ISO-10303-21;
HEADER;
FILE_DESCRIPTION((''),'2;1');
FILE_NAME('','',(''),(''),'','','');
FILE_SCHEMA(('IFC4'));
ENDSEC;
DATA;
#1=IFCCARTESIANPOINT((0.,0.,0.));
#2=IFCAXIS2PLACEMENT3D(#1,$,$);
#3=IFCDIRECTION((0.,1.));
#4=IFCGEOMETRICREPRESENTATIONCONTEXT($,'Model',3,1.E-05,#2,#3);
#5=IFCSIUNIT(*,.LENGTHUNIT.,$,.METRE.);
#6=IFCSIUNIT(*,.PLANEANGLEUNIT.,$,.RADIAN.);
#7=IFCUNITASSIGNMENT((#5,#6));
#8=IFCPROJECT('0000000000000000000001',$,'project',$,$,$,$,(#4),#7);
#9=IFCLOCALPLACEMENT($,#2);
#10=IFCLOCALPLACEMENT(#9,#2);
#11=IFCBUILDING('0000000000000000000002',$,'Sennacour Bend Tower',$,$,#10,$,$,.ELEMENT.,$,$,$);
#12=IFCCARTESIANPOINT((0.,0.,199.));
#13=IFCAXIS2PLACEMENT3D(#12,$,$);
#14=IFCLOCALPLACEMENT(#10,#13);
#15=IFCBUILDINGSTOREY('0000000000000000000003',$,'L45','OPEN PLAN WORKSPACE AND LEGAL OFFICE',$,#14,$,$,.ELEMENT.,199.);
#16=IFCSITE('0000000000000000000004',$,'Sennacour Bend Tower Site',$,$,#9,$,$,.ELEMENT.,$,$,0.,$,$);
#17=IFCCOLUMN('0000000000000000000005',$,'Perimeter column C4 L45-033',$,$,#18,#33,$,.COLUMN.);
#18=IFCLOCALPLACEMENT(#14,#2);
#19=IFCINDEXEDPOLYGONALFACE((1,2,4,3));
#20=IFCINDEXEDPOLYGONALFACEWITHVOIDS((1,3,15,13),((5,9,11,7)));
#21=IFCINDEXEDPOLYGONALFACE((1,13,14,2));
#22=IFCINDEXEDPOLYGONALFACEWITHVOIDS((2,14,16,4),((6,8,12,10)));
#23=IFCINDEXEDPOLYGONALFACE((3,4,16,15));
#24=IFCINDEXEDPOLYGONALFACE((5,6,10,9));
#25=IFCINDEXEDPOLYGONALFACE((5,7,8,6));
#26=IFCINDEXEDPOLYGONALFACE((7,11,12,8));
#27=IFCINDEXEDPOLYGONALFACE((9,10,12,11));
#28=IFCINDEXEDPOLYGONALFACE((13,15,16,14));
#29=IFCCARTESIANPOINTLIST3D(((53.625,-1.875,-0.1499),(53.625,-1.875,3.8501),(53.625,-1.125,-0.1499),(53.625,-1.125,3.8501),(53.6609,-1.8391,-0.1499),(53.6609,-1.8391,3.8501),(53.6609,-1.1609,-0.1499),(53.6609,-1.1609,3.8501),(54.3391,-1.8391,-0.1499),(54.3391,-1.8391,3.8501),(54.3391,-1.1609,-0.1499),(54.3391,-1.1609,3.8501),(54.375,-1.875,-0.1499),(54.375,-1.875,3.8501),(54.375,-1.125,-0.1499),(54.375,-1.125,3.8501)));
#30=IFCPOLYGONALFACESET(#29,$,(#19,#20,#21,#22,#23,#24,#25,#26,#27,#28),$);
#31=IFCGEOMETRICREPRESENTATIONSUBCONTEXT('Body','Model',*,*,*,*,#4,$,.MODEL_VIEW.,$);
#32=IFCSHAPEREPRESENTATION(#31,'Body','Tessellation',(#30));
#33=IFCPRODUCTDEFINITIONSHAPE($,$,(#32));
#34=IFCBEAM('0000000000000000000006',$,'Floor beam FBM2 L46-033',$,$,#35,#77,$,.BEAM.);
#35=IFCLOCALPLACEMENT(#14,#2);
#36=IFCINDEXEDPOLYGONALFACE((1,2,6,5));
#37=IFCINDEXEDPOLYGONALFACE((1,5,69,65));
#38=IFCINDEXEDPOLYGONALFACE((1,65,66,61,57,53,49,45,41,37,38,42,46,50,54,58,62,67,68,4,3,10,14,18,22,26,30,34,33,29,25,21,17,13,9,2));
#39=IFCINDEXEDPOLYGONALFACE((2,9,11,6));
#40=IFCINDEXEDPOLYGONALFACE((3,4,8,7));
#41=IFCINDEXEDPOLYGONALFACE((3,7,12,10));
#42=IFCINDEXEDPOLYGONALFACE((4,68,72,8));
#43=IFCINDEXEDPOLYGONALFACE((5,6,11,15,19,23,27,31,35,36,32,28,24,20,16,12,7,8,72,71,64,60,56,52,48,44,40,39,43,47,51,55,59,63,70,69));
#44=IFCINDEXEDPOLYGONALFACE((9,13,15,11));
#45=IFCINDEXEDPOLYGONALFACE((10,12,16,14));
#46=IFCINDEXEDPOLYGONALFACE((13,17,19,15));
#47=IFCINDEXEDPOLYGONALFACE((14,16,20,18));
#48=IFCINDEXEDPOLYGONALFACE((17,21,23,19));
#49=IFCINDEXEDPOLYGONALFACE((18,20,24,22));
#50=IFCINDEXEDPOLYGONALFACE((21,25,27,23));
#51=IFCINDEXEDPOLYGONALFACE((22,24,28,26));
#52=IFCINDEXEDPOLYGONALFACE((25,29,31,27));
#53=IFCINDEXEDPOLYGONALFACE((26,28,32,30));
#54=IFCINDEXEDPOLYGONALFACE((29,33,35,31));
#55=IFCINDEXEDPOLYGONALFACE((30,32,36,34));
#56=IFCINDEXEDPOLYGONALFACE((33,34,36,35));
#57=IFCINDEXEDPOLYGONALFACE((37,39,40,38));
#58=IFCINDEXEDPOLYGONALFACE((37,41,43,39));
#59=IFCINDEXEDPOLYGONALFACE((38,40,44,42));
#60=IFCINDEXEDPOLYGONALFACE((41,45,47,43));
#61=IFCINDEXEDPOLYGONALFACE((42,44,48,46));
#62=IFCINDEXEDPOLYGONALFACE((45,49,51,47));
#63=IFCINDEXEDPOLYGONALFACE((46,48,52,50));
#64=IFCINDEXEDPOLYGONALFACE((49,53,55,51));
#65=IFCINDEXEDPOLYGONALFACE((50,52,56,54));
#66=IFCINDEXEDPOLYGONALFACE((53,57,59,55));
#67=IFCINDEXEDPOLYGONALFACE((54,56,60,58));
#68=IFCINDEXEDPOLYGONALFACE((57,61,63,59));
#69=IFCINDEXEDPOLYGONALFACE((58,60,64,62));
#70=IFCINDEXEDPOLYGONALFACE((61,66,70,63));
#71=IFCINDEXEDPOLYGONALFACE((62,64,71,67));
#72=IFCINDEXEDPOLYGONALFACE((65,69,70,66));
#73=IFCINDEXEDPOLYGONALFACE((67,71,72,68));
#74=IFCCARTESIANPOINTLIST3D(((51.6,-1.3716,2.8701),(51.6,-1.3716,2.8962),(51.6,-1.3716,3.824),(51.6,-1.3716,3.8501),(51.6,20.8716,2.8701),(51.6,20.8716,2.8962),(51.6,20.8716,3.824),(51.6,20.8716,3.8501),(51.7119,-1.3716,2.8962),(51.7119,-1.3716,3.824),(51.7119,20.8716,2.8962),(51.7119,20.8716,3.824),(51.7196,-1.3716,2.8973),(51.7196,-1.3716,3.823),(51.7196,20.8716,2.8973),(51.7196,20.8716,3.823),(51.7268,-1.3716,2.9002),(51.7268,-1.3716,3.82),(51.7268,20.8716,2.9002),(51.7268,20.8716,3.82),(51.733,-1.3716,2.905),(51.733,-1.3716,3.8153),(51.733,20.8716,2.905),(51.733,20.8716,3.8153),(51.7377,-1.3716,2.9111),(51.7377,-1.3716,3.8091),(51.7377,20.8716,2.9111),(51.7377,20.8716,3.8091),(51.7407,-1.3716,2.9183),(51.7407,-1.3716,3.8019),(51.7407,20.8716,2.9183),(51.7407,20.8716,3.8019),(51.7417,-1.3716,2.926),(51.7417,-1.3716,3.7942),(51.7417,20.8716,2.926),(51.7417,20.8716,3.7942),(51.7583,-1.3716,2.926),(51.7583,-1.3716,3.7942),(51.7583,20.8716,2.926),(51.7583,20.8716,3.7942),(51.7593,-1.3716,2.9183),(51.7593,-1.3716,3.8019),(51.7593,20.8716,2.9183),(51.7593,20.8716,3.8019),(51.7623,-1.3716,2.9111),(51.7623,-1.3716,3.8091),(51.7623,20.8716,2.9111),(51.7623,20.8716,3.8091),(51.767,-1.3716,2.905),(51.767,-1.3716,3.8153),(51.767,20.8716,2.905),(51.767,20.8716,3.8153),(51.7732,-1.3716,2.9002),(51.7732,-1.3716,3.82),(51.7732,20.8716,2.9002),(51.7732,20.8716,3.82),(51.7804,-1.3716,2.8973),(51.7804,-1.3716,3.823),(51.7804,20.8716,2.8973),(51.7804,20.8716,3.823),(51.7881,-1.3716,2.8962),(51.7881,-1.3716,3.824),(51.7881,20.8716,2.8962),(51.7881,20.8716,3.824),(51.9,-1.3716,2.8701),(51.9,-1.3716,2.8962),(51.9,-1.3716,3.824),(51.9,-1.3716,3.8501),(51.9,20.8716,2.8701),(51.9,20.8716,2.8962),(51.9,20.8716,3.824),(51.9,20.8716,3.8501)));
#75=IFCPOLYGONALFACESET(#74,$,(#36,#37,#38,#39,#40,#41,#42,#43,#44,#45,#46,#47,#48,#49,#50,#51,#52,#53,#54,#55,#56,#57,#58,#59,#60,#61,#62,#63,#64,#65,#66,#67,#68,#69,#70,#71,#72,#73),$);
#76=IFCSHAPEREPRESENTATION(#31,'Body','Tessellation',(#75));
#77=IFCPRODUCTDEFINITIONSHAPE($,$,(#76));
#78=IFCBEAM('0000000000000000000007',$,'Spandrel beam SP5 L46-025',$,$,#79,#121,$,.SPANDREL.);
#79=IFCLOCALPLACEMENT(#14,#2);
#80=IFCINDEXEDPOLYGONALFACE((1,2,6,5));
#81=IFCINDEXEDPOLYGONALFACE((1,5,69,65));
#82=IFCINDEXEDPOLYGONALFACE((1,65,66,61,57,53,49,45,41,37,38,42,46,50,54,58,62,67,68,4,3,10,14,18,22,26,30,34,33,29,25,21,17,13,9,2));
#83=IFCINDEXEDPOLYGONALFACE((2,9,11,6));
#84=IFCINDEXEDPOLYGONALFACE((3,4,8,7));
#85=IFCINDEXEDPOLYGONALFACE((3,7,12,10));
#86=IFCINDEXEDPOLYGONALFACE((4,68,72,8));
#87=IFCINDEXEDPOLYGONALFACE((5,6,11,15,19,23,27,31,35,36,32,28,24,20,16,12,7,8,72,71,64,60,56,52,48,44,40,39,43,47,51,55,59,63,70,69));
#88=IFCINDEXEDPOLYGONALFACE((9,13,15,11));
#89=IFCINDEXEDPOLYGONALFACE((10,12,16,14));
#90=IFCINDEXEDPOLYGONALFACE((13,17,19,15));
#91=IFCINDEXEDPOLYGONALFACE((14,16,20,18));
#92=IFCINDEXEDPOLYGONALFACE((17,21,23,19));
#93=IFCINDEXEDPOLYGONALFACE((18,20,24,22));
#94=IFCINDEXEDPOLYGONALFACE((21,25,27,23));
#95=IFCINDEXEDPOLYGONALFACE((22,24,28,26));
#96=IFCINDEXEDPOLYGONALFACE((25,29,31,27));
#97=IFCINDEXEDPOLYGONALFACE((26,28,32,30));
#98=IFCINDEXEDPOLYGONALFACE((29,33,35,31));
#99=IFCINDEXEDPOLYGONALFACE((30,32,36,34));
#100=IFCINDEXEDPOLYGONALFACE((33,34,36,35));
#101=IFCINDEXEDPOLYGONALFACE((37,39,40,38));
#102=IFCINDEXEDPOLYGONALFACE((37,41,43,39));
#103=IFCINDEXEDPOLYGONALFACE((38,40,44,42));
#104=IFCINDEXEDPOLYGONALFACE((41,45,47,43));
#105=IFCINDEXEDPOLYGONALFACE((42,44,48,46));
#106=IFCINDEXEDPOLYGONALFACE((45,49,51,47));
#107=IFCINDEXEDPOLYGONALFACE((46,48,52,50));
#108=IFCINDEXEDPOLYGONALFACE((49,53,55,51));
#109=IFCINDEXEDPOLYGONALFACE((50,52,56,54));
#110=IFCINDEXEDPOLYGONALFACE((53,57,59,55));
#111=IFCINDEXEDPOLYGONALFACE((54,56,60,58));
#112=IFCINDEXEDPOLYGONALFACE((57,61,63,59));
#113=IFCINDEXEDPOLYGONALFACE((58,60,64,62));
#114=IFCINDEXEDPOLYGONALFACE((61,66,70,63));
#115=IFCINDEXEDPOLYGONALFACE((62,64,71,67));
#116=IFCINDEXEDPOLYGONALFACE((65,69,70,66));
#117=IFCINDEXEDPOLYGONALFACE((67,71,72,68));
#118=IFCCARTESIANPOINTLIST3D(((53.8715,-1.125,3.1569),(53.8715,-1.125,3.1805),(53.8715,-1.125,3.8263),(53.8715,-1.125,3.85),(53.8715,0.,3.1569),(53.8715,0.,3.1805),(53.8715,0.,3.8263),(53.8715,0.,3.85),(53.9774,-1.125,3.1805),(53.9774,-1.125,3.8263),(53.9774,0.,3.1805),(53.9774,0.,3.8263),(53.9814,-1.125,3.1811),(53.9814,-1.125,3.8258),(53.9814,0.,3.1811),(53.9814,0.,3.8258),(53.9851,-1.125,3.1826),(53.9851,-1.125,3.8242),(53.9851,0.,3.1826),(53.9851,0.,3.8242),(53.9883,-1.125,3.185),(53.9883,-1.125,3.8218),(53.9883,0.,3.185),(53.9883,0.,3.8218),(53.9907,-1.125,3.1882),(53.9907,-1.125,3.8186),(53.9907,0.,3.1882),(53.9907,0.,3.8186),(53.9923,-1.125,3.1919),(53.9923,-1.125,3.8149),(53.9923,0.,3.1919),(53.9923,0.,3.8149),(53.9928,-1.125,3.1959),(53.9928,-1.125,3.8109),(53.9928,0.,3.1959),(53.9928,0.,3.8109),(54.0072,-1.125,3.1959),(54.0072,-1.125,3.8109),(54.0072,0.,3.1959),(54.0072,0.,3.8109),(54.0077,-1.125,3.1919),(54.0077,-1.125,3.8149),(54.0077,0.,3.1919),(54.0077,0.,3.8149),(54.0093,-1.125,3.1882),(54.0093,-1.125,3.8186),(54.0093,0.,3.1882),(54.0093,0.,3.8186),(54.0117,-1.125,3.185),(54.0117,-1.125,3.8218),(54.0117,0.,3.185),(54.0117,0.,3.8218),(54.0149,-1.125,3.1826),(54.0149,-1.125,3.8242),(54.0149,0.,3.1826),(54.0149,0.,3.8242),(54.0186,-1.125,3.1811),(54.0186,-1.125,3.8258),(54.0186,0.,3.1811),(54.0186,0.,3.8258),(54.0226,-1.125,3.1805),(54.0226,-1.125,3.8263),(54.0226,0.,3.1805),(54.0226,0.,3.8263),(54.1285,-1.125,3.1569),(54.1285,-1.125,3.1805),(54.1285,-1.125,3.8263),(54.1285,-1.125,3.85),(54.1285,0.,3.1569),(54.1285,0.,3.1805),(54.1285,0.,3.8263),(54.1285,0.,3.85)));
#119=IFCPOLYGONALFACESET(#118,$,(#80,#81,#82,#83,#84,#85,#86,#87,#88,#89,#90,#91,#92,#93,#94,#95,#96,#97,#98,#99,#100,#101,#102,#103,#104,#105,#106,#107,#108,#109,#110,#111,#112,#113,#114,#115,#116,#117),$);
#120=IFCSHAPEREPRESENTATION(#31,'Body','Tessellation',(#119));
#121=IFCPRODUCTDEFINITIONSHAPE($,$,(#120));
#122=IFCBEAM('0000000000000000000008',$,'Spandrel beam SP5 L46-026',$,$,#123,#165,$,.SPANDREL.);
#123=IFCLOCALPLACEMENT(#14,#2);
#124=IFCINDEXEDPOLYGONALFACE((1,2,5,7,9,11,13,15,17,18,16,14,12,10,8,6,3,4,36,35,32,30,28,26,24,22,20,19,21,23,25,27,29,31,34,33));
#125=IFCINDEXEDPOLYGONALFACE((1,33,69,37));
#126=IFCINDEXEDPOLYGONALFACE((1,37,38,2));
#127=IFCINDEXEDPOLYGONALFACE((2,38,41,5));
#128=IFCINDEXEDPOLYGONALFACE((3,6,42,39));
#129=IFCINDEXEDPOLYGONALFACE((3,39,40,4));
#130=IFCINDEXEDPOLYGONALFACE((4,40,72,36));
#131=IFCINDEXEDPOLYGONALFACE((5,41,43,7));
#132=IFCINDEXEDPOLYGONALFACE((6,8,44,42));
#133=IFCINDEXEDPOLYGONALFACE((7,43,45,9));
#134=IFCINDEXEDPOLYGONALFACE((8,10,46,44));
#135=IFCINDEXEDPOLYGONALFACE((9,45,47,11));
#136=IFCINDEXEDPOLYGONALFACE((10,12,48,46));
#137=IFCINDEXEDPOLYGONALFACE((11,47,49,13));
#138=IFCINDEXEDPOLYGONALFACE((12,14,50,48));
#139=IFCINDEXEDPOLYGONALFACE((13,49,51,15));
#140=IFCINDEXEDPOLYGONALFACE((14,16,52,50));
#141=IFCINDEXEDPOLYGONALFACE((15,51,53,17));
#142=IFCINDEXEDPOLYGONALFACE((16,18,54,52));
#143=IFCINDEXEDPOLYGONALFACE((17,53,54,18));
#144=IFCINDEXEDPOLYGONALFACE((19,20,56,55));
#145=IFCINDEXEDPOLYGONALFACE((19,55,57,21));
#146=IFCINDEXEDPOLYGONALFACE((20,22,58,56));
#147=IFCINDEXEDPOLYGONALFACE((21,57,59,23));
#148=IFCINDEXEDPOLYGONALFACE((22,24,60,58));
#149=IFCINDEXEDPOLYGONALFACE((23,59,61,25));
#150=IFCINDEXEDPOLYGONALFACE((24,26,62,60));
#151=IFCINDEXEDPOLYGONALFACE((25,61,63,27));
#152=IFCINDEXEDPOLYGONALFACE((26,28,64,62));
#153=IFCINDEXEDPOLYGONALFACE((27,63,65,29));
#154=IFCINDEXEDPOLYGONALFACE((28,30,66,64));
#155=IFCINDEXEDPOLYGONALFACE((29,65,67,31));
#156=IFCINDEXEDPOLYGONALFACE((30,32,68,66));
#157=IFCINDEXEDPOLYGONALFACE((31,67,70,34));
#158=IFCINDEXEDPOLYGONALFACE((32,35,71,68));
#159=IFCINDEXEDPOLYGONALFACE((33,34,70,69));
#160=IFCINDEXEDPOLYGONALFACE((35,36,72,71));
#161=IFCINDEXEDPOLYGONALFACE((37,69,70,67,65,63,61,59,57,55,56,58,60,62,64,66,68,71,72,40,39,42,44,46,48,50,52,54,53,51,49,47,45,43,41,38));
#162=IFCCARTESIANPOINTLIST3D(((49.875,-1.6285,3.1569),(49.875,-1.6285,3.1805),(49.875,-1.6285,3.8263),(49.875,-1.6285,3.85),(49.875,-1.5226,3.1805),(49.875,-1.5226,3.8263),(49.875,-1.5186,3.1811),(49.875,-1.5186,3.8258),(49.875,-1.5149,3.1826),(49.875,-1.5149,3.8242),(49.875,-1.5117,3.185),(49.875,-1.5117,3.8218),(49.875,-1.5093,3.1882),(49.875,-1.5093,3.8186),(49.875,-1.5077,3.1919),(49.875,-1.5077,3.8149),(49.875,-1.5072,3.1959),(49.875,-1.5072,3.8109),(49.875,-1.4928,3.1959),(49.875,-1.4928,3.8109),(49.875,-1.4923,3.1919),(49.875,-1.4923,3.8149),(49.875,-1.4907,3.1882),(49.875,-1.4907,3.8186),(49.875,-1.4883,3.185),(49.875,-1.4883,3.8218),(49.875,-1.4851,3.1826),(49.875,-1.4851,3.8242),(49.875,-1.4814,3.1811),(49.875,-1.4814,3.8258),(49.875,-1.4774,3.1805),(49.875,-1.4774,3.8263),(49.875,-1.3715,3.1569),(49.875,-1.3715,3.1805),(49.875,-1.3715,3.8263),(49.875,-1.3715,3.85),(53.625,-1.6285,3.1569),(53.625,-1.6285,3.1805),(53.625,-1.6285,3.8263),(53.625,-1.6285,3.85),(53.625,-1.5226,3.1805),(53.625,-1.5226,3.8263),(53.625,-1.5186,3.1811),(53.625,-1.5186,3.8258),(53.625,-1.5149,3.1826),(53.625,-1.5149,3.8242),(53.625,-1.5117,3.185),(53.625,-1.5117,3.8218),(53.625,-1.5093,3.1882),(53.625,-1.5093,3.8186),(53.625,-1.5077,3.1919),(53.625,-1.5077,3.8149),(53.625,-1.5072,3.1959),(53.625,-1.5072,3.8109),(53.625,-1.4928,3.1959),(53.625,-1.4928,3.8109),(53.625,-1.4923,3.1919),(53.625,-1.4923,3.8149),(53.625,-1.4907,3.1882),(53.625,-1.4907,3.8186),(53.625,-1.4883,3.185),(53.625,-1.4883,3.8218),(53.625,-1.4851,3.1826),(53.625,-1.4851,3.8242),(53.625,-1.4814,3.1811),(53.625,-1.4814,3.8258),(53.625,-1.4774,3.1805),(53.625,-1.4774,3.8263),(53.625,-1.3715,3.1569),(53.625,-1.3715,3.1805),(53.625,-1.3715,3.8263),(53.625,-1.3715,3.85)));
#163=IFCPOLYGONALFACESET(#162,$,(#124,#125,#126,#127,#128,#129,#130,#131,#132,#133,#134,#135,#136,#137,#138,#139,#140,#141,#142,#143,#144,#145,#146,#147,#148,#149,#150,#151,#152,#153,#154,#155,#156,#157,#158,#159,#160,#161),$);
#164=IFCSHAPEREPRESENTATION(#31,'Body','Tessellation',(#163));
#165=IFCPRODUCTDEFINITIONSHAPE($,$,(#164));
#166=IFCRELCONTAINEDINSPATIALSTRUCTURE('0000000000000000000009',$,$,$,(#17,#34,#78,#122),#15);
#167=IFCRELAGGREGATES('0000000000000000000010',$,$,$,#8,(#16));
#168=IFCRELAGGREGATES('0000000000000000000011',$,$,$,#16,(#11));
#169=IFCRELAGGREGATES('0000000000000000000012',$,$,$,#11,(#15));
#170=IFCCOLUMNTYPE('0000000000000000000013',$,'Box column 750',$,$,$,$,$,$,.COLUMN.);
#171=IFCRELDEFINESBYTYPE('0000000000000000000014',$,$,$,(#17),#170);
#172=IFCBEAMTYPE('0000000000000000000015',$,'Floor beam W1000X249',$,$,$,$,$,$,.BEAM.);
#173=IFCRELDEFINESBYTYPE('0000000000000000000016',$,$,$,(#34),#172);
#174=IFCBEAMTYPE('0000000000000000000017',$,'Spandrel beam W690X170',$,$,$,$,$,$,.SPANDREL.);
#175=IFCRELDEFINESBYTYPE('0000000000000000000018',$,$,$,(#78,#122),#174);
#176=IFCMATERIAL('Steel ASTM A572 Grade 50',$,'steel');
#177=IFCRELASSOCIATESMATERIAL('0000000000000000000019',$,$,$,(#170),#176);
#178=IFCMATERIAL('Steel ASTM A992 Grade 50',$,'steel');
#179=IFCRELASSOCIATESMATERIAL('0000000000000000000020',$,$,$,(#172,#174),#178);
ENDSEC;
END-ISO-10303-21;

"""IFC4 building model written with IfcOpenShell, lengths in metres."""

from ifc_helpers import new_model, si_unit, direction, frame, origin, origin_2d, place, context, subcontext, project, spatial, hollow_rectangle, i_section, extrude, material, material_profile, profile_set, type_object, element, save


model = new_model("IFC4")

# Units and contexts
model_context = context("Model", 3, precision=1e-05, world=origin(), true_north=direction((0.0, 1.0)))
body_context = subcontext(model_context, "Body", "Model", "MODEL_VIEW")
ifc_project = project(units=[si_unit("LENGTHUNIT", "METRE"), si_unit("PLANEANGLEUNIT", "RADIAN")], contexts=[model_context])

# Site, building, storey
site_placement = place(None, origin())
site = spatial("IfcSite", under=ifc_project, at=site_placement, Name="Sennacour Bend Tower Site", CompositionType="ELEMENT", RefElevation=0.0)
building_placement = place(site_placement, origin())
building = spatial("IfcBuilding", under=site, at=building_placement, Name="Sennacour Bend Tower", CompositionType="ELEMENT")
storey_placement = place(building_placement, frame((0.0, 0.0, 199.0)))
storey = spatial("IfcBuildingStorey", under=building, at=storey_placement, Name="L45", Description="OPEN PLAN WORKSPACE AND LEGAL OFFICE", CompositionType="ELEMENT", Elevation=199.0)

# Column
ifc_material_1 = material(Name="Steel ASTM A572 Grade 50", Category="steel")
ifc_material_profile_1 = material_profile(ifc_material_1, hollow_rectangle(XDim=0.75, YDim=0.75, WallThickness=0.0359, at=origin_2d()), Name="Steel ASTM A572 Grade 50", Category="steel")
ifc_profile_set_1 = profile_set([ifc_material_profile_1], Name="Steel ASTM A572 Grade 50")
column_type = type_object("IfcColumnType", Name="Box column 750", PredefinedType="COLUMN", material=ifc_profile_set_1)
column_placement = place(storey_placement, frame((54.0, -1.5, -0.1499), z_axis=(0.0, 0.0, 1.0), x_axis=(1.0, 0.0, 0.0)))
element("IfcColumn", 1, at=column_placement, inside=storey, type_object=column_type, Name="Perimeter column C4 L45-033", PredefinedType="COLUMN", context=body_context, shape_type="SweptSolid", body=[
    extrude(hollow_rectangle(XDim=0.75, YDim=0.75, WallThickness=0.0359, at=origin_2d()), origin(), (0.0, 0.0, 1.0), 4.0),
])

# Beams
ifc_material_2 = material(Name="Steel ASTM A992 Grade 50", Category="steel")
ifc_material_profile_2 = material_profile(ifc_material_2, i_section(OverallWidth=0.3, OverallDepth=0.98, WebThickness=0.0166, FlangeThickness=0.0261, FilletRadius=0.0298, at=origin_2d()), Name="Steel ASTM A992 Grade 50", Category="steel")
ifc_profile_set_2 = profile_set([ifc_material_profile_2], Name="Steel ASTM A992 Grade 50")
beam_type_1 = type_object("IfcBeamType", Name="Floor beam W1000X249", PredefinedType="BEAM", material=ifc_profile_set_2)
beam_1_placement = place(storey_placement, frame((51.75, -1.3716, 3.3601), z_axis=(0.0, 1.0, 0.0), x_axis=(-1.0, 0.0, 0.0)))
element("IfcBeam", 2, at=beam_1_placement, inside=storey, type_object=beam_type_1, Name="Floor beam FBM2 L46-033", PredefinedType="BEAM", context=body_context, shape_type="SweptSolid", body=[
    extrude(i_section(OverallWidth=0.3, OverallDepth=0.98, WebThickness=0.0166, FlangeThickness=0.0261, FilletRadius=0.0298, at=origin_2d()), origin(), (0.0, 0.0, 1.0), 22.2432),
])
ifc_material_profile_3 = material_profile(ifc_material_2, i_section(OverallWidth=0.2571, OverallDepth=0.6931, WebThickness=0.0144, FlangeThickness=0.0237, FilletRadius=0.0154, at=origin_2d()), Name="Steel ASTM A992 Grade 50", Category="steel")
ifc_profile_set_3 = profile_set([ifc_material_profile_3], Name="Steel ASTM A992 Grade 50")
beam_type_2 = type_object("IfcBeamType", Name="Spandrel beam W690X170", PredefinedType="SPANDREL", material=ifc_profile_set_3)
beam_2_placement = place(storey_placement, frame((54.0, 0.0, 3.5034), z_axis=(0.0, -1.0, 0.0), x_axis=(1.0, 0.0, 0.0)))
element("IfcBeam", 3, at=beam_2_placement, inside=storey, type_object=beam_type_2, Name="Spandrel beam SP5 L46-025", PredefinedType="SPANDREL", context=body_context, shape_type="SweptSolid", body=[
    extrude(i_section(OverallWidth=0.2571, OverallDepth=0.6931, WebThickness=0.0144, FlangeThickness=0.0237, FilletRadius=0.0154, at=origin_2d()), origin(), (0.0, 0.0, 1.0), 1.125),
])
beam_3_placement = place(storey_placement, frame((53.625, -1.5, 3.5034), z_axis=(-1.0, 0.0, 0.0), x_axis=(0.0, -1.0, 0.0)))
element("IfcBeam", 4, at=beam_3_placement, inside=storey, type_object=beam_type_2, Name="Spandrel beam SP5 L46-026", PredefinedType="SPANDREL", context=body_context, shape_type="SweptSolid", body=[
    extrude(i_section(OverallWidth=0.2571, OverallDepth=0.6931, WebThickness=0.0144, FlangeThickness=0.0237, FilletRadius=0.0154, at=origin_2d()), origin(), (0.0, 0.0, 1.0), 3.75),
])

save(model, "model.ifc")
